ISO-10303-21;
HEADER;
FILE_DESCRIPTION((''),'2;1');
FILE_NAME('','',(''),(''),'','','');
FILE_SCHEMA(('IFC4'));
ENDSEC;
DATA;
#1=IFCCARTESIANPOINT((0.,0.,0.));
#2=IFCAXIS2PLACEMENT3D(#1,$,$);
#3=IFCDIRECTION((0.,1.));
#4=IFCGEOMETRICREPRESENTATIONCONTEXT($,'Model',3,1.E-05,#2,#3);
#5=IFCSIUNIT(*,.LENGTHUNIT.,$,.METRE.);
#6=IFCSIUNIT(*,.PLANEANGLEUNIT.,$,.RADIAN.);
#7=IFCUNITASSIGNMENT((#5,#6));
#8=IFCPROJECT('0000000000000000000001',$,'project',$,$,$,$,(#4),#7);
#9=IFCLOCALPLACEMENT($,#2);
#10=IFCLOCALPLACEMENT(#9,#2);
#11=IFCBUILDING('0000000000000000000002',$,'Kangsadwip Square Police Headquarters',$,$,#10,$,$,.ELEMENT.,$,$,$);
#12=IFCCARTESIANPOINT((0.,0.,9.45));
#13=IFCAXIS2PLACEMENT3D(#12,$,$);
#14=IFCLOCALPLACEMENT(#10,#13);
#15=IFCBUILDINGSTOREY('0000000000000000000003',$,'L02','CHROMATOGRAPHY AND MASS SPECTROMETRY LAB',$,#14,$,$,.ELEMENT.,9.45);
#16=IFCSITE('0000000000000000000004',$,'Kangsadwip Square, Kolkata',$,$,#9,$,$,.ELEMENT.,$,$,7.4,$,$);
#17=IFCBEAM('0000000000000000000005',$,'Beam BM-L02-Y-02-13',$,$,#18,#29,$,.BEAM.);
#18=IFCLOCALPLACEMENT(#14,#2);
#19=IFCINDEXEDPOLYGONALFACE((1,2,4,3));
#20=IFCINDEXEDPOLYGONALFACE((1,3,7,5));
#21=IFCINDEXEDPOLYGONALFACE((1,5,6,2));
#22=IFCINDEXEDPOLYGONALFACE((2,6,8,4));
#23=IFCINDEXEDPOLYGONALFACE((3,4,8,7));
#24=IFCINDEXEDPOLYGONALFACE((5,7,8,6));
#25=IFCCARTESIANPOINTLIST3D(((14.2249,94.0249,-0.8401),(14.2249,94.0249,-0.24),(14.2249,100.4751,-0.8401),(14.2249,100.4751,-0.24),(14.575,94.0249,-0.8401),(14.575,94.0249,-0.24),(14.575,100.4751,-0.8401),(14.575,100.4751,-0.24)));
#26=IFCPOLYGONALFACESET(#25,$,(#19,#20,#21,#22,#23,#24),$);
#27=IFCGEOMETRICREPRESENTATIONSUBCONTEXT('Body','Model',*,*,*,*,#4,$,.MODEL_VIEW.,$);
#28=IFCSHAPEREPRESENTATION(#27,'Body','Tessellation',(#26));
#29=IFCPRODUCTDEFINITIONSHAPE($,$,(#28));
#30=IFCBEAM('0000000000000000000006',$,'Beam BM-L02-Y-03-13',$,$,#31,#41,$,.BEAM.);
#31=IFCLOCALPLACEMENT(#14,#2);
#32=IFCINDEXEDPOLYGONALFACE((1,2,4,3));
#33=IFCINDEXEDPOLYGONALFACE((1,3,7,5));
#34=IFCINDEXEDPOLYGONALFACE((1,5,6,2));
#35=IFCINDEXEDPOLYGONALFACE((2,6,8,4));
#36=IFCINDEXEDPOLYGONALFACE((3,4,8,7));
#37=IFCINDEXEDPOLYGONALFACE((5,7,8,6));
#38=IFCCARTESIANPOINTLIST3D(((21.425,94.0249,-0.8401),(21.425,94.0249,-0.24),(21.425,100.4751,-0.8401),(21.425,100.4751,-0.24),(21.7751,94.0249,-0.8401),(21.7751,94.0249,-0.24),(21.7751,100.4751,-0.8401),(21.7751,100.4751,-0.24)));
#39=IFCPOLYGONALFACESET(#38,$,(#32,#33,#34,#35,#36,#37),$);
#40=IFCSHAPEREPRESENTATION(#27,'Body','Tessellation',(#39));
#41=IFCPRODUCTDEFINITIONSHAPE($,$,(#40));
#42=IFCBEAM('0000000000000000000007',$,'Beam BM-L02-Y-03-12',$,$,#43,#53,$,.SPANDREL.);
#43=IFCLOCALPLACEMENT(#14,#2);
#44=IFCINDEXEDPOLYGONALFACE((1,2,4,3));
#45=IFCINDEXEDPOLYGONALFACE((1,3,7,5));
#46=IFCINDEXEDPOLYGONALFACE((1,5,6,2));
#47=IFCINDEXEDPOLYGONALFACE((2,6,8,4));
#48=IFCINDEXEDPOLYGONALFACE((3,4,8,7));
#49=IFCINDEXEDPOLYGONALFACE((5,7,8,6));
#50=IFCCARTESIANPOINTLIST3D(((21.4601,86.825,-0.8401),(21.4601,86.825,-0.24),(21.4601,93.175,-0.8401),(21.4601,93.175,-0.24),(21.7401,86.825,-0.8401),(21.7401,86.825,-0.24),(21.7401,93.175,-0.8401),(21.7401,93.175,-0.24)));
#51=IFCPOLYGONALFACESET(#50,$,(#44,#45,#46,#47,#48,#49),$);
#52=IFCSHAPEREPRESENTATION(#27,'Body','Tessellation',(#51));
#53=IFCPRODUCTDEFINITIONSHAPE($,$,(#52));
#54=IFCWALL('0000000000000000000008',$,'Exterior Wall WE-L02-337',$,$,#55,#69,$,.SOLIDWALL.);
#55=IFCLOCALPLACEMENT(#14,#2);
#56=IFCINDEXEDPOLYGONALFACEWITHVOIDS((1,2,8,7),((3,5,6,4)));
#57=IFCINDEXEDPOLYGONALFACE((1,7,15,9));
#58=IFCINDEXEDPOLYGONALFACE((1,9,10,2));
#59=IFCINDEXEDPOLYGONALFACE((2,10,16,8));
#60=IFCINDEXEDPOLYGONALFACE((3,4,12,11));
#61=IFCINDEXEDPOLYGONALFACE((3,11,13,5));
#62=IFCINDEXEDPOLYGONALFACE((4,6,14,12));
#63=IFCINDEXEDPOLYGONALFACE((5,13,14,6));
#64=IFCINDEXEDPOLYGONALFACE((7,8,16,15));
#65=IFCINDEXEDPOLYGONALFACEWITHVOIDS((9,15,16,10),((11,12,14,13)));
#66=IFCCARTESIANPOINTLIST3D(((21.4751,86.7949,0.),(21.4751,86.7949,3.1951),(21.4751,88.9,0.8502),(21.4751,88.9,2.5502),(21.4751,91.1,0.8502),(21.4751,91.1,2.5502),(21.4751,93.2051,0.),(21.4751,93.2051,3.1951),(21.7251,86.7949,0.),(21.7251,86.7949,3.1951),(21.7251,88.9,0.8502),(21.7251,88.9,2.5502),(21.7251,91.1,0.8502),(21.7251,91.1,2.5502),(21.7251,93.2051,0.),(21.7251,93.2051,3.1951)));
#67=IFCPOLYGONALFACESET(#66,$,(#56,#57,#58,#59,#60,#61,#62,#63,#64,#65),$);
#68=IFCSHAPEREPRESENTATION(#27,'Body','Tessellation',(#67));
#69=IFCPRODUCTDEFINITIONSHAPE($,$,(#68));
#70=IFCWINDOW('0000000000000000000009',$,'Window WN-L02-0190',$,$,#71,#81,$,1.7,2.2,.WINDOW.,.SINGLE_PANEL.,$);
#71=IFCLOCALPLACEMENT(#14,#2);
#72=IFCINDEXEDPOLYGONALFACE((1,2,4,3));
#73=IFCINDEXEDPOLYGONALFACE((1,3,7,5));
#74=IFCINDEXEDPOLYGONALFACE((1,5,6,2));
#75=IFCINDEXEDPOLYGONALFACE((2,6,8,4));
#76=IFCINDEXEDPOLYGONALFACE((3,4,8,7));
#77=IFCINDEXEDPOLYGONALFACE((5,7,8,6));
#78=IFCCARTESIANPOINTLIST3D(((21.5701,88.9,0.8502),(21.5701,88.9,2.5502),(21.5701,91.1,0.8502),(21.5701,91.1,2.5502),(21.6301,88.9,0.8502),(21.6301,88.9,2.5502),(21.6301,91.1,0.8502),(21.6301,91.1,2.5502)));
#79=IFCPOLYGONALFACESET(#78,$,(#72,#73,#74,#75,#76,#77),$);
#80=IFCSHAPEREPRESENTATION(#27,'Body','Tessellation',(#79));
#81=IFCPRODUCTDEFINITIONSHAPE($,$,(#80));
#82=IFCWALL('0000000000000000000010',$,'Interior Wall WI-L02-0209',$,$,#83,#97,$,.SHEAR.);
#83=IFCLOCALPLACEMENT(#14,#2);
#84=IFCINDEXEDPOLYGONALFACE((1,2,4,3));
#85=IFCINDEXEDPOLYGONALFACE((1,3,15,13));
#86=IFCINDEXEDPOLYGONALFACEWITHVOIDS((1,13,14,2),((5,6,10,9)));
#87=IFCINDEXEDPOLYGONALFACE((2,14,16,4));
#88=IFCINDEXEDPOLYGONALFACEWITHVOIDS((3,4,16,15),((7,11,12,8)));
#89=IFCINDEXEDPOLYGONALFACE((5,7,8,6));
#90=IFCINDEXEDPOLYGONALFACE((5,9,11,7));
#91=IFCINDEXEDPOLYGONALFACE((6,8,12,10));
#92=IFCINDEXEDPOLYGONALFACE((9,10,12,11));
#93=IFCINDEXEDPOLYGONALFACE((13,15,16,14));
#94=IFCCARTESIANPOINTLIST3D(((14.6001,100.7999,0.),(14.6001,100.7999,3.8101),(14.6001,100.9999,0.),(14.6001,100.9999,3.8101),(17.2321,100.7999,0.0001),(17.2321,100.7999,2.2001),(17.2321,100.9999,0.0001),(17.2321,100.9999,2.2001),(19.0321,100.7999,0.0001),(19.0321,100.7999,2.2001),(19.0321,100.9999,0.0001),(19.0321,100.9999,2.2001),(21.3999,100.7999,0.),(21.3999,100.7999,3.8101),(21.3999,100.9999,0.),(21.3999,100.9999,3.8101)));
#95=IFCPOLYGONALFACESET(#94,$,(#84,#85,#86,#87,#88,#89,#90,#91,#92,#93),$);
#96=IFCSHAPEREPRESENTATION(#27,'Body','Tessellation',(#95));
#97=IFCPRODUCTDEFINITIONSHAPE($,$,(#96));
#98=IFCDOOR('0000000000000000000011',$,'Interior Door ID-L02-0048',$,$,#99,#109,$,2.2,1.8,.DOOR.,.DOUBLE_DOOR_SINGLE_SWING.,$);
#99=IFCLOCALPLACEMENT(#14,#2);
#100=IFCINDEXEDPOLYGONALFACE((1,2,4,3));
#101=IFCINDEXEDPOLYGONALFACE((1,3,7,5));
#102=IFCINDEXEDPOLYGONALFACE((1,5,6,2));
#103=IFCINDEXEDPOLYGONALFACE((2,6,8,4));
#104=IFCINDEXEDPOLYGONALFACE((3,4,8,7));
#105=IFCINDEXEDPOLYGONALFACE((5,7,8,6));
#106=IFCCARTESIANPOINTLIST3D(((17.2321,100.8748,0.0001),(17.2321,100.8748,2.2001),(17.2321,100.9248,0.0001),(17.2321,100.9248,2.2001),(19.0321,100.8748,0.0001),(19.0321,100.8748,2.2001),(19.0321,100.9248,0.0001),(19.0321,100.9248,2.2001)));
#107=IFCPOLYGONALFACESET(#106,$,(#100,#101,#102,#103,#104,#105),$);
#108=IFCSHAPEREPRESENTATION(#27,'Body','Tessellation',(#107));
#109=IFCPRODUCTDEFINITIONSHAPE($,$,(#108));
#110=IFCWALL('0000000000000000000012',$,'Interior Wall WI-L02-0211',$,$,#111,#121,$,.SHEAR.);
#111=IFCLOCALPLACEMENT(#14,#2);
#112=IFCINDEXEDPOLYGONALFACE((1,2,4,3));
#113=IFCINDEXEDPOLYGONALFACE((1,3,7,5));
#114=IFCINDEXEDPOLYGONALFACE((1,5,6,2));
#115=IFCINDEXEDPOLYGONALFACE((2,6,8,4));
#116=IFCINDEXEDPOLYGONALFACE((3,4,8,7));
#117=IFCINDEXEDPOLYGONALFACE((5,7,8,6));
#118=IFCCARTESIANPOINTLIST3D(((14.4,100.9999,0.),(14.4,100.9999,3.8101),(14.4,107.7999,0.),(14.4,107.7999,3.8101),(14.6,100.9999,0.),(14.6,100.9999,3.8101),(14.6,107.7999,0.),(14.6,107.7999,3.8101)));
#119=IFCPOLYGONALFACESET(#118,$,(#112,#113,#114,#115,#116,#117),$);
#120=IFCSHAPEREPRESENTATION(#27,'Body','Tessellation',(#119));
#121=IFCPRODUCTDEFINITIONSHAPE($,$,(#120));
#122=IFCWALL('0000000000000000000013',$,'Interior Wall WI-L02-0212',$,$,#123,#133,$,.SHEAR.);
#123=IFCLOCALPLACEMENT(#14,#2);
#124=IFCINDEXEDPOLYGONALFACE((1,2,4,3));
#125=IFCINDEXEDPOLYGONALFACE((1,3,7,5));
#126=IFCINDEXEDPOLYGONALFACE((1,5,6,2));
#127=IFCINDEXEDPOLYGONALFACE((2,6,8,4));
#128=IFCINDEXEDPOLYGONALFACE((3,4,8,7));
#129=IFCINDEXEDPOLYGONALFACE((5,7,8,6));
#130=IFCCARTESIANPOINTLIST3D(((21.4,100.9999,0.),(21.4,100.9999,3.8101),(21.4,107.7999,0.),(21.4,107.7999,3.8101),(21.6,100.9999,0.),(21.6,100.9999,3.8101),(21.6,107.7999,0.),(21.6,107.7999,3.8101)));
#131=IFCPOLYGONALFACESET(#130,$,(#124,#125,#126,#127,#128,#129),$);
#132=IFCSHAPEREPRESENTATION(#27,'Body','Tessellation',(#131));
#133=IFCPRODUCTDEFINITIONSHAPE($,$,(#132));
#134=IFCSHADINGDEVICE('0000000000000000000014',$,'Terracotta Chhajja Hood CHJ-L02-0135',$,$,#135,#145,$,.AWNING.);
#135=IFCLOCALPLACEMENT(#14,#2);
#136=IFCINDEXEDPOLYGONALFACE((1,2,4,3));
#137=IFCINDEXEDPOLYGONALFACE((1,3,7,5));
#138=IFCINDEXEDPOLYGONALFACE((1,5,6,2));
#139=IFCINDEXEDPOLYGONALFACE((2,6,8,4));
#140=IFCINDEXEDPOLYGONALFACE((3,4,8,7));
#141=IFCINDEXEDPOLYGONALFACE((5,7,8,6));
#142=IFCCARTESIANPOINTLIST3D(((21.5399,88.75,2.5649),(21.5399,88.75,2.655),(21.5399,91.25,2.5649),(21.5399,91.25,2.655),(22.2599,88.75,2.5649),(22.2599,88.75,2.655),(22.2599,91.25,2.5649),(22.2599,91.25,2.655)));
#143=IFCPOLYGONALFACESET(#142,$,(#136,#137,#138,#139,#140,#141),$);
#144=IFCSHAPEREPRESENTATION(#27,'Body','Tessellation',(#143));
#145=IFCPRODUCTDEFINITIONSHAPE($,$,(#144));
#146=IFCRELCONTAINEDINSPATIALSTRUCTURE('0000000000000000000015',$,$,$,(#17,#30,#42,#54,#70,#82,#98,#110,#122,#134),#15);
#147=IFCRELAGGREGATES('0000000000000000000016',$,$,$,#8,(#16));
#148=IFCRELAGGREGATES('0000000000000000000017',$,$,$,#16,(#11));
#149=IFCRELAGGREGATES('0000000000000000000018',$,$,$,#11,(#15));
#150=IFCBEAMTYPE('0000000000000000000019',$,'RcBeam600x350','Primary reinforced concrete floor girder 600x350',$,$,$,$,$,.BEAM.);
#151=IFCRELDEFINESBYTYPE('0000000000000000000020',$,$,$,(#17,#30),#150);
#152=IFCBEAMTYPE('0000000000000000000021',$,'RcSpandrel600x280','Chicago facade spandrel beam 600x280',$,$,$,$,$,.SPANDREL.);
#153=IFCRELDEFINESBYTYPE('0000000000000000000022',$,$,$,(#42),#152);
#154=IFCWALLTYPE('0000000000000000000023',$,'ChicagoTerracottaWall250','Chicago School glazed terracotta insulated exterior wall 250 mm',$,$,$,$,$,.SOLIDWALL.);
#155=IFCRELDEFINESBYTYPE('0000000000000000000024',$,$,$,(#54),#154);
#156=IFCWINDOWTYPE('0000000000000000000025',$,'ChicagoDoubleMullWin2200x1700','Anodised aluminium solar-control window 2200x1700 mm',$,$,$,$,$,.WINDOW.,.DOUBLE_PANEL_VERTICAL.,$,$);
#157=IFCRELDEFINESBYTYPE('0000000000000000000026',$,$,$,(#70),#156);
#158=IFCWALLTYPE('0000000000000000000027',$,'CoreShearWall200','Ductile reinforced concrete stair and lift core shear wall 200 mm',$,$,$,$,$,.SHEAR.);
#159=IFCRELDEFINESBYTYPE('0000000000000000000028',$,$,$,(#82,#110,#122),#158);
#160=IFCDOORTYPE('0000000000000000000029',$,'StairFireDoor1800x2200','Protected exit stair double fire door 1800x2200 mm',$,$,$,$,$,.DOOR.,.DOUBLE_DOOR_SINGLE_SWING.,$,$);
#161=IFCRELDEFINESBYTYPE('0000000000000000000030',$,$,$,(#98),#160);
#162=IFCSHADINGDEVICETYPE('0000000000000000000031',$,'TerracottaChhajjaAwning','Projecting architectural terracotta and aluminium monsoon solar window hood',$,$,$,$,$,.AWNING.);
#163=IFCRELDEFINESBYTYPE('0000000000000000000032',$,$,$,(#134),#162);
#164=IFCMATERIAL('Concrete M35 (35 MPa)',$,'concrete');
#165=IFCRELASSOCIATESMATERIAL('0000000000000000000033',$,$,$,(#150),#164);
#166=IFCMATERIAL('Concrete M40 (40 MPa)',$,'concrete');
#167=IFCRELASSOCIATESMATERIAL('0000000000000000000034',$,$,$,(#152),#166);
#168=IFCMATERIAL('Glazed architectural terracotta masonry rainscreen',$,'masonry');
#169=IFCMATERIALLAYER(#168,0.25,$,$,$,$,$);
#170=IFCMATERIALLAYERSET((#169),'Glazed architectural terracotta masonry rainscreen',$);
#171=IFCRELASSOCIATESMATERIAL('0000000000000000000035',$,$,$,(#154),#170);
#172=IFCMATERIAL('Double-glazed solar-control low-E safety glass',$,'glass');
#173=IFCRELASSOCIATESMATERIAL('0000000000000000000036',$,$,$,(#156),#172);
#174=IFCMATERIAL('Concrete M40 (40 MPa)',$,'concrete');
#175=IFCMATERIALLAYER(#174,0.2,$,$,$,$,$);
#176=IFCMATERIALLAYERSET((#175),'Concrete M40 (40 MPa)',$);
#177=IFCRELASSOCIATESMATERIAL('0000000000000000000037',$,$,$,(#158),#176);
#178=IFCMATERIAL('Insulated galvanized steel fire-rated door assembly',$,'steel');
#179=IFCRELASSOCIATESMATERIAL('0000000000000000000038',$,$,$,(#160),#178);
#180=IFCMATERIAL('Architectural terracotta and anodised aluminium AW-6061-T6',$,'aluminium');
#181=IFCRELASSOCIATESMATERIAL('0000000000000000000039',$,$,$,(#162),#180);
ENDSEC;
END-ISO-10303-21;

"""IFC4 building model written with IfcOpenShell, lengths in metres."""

from ifc_helpers import new_model, si_unit, direction, frame, frame_2d, origin, origin_2d, place, context, subcontext, project, spatial, rectangle, extrude, material, layer, layer_set, material_profile, profile_set, type_object, element, fill, save


model = new_model("IFC4")

# Units and contexts
model_context = context("Model", 3, precision=1e-05, world=origin(), true_north=direction((0.0, 1.0)))
body_context = subcontext(model_context, "Body", "Model", "MODEL_VIEW")
ifc_project = project(units=[si_unit("LENGTHUNIT", "METRE"), si_unit("PLANEANGLEUNIT", "RADIAN")], contexts=[model_context])

# Site, building, storey
site_placement = place(None, origin())
site = spatial("IfcSite", under=ifc_project, at=site_placement, Name="Kangsadwip Square, Kolkata", CompositionType="ELEMENT", RefElevation=7.4)
building_placement = place(site_placement, origin())
building = spatial("IfcBuilding", under=site, at=building_placement, Name="Kangsadwip Square Police Headquarters", CompositionType="ELEMENT")
storey_placement = place(building_placement, frame((0.0, 0.0, 9.45)))
storey = spatial("IfcBuildingStorey", under=building, at=storey_placement, Name="L02", Description="CHROMATOGRAPHY AND MASS SPECTROMETRY LAB", CompositionType="ELEMENT", Elevation=9.45)

# Beams
ifc_material_1 = material(Name="Concrete M35 (35 MPa)", Category="concrete")
ifc_material_profile_1 = material_profile(ifc_material_1, rectangle(XDim=0.3501, YDim=0.6001, at=origin_2d()), Name="RC BM 600X350")
ifc_profile_set_1 = profile_set([ifc_material_profile_1], Name="Concrete M35 (35 MPa)")
beam_type_1 = type_object("IfcBeamType", Name="RcBeam600x350", Description="Primary reinforced concrete floor girder 600x350", PredefinedType="BEAM", material=ifc_profile_set_1)
for number, where, z_axis, x_axis, name in (
    (1, (14.3999, 94.0249, -0.54), (0.0, 1.0, 0.0), (-1.0, 0.0, 0.0), "Beam BM-L02-Y-02-13"),
    (2, (21.6001, 94.0249, -0.54), (0.0, 1.0, 0.0), (-1.0, 0.0, 0.0), "Beam BM-L02-Y-03-13"),
):
    element("IfcBeam", number, at=place(storey_placement, frame(where, z_axis=z_axis, x_axis=x_axis)), inside=storey, type_object=beam_type_1, Name=name, PredefinedType="BEAM", context=body_context, shape_type="SweptSolid", body=[
        extrude(rectangle(XDim=0.3501, YDim=0.6001, at=origin_2d()), origin(), (0.0, 0.0, 1.0), 6.4502),
    ])
ifc_material_2 = material(Name="Concrete M40 (40 MPa)", Category="concrete")
ifc_material_profile_2 = material_profile(ifc_material_2, rectangle(XDim=0.28, YDim=0.6001, at=origin_2d()), Name="RC SPN 600X280")
ifc_profile_set_2 = profile_set([ifc_material_profile_2], Name="Concrete M40 (40 MPa)")
beam_type_2 = type_object("IfcBeamType", Name="RcSpandrel600x280", Description="Chicago facade spandrel beam 600x280", PredefinedType="SPANDREL", material=ifc_profile_set_2)
beam_1_placement = place(storey_placement, frame((21.6001, 86.825, -0.54), z_axis=(0.0, 1.0, 0.0), x_axis=(-1.0, 0.0, 0.0)))
element("IfcBeam", 3, at=beam_1_placement, inside=storey, type_object=beam_type_2, Name="Beam BM-L02-Y-03-12", PredefinedType="SPANDREL", context=body_context, shape_type="SweptSolid", body=[
    extrude(rectangle(XDim=0.28, YDim=0.6001, at=origin_2d()), origin(), (0.0, 0.0, 1.0), 6.3501),
])

# Wall, opening, window
ifc_material_3 = material(Name="Glazed architectural terracotta masonry rainscreen", Category="masonry")
ifc_layer_1 = layer(ifc_material_3, 0.25)
ifc_layer_set_1 = layer_set([ifc_layer_1], Name="Glazed architectural terracotta masonry rainscreen")
wall_type_1 = type_object("IfcWallType", Name="ChicagoTerracottaWall250", Description="Chicago School glazed terracotta insulated exterior wall 250 mm", PredefinedType="SOLIDWALL", material=ifc_layer_set_1)
wall_1_placement = place(storey_placement, frame((21.6001, 86.7949, 0.0), z_axis=(0.0, 0.0, 1.0), x_axis=(0.0, 1.0, 0.0)))
wall_1 = element("IfcWall", 4, at=wall_1_placement, inside=storey, type_object=wall_type_1, Name="Exterior Wall WE-L02-337", PredefinedType="SOLIDWALL", context=body_context, shape_type="SweptSolid", body=[
    extrude(rectangle(XDim=6.4102, YDim=0.25, at=frame_2d((3.2051, 0.0))), origin(), (0.0, 0.0, 1.0), 3.1951),
])
opening_1_placement = place(wall_1_placement, frame((2.105, 0.0, 0.8501)))
opening_1 = element("IfcOpeningElement", 5, at=opening_1_placement, cuts=wall_1, PredefinedType="OPENING", context=body_context, shape_type="SweptSolid", body=[
    extrude(rectangle(XDim=2.2, YDim=1.7, at=frame_2d((1.1001, 0.8501))), frame((0.0, 0.135, 0.0), z_axis=(0.0, -1.0, 0.0), x_axis=(1.0, 0.0, 0.0)), (0.0, 0.0, 1.0), 0.27),
])
ifc_material_4 = material(Name="Double-glazed solar-control low-E safety glass", Category="glass")
window_type = type_object("IfcWindowType", Name="ChicagoDoubleMullWin2200x1700", Description="Anodised aluminium solar-control window 2200x1700 mm", PartitioningType="DOUBLE_PANEL_VERTICAL", PredefinedType="WINDOW", material=ifc_material_4)
window_placement = place(opening_1_placement, origin())
window = element("IfcWindow", 6, at=window_placement, inside=storey, type_object=window_type, Name="Window WN-L02-0190", OverallHeight=1.7, OverallWidth=2.2, PartitioningType="SINGLE_PANEL", PredefinedType="WINDOW", context=body_context, shape_type="SweptSolid", body=[
    extrude(rectangle(XDim=2.2, YDim=1.7, at=frame_2d((1.1001, 0.8501))), frame((0.0, 0.03, 0.0), z_axis=(0.0, -1.0, 0.0), x_axis=(1.0, 0.0, 0.0)), (0.0, 0.0, 1.0), 0.0601),
])
fill(opening_1, window)

# Wall, opening, door
ifc_material_5 = material(Name="Concrete M40 (40 MPa)", Category="concrete")
ifc_layer_2 = layer(ifc_material_5, 0.2)
ifc_layer_set_2 = layer_set([ifc_layer_2], Name="Concrete M40 (40 MPa)")
wall_type_2 = type_object("IfcWallType", Name="CoreShearWall200", Description="Ductile reinforced concrete stair and lift core shear wall 200 mm", PredefinedType="SHEAR", material=ifc_layer_set_2)
wall_2_placement = place(storey_placement, frame((14.6001, 100.8999, 0.0), z_axis=(0.0, 0.0, 1.0), x_axis=(1.0, 0.0, 0.0)))
wall_2 = element("IfcWall", 7, at=wall_2_placement, inside=storey, type_object=wall_type_2, Name="Interior Wall WI-L02-0209", PredefinedType="SHEAR", context=body_context, shape_type="SweptSolid", body=[
    extrude(rectangle(XDim=6.7998, YDim=0.2, at=frame_2d((3.3999, 0.0))), origin(), (0.0, 0.0, 1.0), 3.8101),
])
opening_2_placement = place(wall_2_placement, frame((2.6321, 0.0, 0.0)))
opening_2 = element("IfcOpeningElement", 8, at=opening_2_placement, cuts=wall_2, PredefinedType="OPENING", context=body_context, shape_type="SweptSolid", body=[
    extrude(rectangle(XDim=1.8, YDim=2.2, at=frame_2d((0.8999, 1.1001))), frame((0.0, 0.1099, 0.0), z_axis=(0.0, -1.0, 0.0), x_axis=(1.0, 0.0, 0.0)), (0.0, 0.0, 1.0), 0.22),
])
ifc_material_6 = material(Name="Insulated galvanized steel fire-rated door assembly", Category="steel")
door_type = type_object("IfcDoorType", Name="StairFireDoor1800x2200", Description="Protected exit stair double fire door 1800x2200 mm", OperationType="DOUBLE_DOOR_SINGLE_SWING", PredefinedType="DOOR", material=ifc_material_6)
door_placement = place(opening_2_placement, origin())
door = element("IfcDoor", 9, at=door_placement, inside=storey, type_object=door_type, Name="Interior Door ID-L02-0048", OperationType="DOUBLE_DOOR_SINGLE_SWING", OverallHeight=2.2, OverallWidth=1.8, PredefinedType="DOOR", context=body_context, shape_type="SweptSolid", body=[
    extrude(rectangle(XDim=1.8, YDim=2.2, at=frame_2d((0.8999, 1.1001))), frame((0.0, 0.0249, 0.0), z_axis=(0.0, -1.0, 0.0), x_axis=(1.0, 0.0, 0.0)), (0.0, 0.0, 1.0), 0.05),
])
fill(opening_2, door)

# Walls
for number, where, z_axis, x_axis, name in (
    (10, (14.5, 101.0, 0.0), (0.0, 0.0, 1.0), (0.0, 1.0, 0.0), "Interior Wall WI-L02-0211"),
    (11, (21.5, 101.0, 0.0), (0.0, 0.0, 1.0), (0.0, 1.0, 0.0), "Interior Wall WI-L02-0212"),
):
    element("IfcWall", number, at=place(storey_placement, frame(where, z_axis=z_axis, x_axis=x_axis)), inside=storey, type_object=wall_type_2, Name=name, PredefinedType="SHEAR", context=body_context, shape_type="SweptSolid", body=[
        extrude(rectangle(XDim=6.8, YDim=0.2, at=frame_2d((3.3999, 0.0))), origin(), (0.0, 0.0, 1.0), 3.8101),
    ])

# Shading device
ifc_material_7 = material(Name="Architectural terracotta and anodised aluminium AW-6061-T6", Category="aluminium")
shading_device_type = type_object("IfcShadingDeviceType", Name="TerracottaChhajjaAwning", Description="Projecting architectural terracotta and aluminium monsoon solar window hood", PredefinedType="AWNING", material=ifc_material_7)
shading_device_placement = place(storey_placement, frame((21.8999, 90.0, 2.5649), z_axis=(0.0, 0.0, 1.0), x_axis=(0.0, 1.0, 0.0)))
element("IfcShadingDevice", 12, at=shading_device_placement, inside=storey, type_object=shading_device_type, Name="Terracotta Chhajja Hood CHJ-L02-0135", PredefinedType="AWNING", context=body_context, shape_type="SweptSolid", body=[
    extrude(rectangle(XDim=2.5, YDim=0.72, at=origin_2d()), origin(), (0.0, 0.0, 1.0), 0.0901),
])

save(model, "model.ifc")
